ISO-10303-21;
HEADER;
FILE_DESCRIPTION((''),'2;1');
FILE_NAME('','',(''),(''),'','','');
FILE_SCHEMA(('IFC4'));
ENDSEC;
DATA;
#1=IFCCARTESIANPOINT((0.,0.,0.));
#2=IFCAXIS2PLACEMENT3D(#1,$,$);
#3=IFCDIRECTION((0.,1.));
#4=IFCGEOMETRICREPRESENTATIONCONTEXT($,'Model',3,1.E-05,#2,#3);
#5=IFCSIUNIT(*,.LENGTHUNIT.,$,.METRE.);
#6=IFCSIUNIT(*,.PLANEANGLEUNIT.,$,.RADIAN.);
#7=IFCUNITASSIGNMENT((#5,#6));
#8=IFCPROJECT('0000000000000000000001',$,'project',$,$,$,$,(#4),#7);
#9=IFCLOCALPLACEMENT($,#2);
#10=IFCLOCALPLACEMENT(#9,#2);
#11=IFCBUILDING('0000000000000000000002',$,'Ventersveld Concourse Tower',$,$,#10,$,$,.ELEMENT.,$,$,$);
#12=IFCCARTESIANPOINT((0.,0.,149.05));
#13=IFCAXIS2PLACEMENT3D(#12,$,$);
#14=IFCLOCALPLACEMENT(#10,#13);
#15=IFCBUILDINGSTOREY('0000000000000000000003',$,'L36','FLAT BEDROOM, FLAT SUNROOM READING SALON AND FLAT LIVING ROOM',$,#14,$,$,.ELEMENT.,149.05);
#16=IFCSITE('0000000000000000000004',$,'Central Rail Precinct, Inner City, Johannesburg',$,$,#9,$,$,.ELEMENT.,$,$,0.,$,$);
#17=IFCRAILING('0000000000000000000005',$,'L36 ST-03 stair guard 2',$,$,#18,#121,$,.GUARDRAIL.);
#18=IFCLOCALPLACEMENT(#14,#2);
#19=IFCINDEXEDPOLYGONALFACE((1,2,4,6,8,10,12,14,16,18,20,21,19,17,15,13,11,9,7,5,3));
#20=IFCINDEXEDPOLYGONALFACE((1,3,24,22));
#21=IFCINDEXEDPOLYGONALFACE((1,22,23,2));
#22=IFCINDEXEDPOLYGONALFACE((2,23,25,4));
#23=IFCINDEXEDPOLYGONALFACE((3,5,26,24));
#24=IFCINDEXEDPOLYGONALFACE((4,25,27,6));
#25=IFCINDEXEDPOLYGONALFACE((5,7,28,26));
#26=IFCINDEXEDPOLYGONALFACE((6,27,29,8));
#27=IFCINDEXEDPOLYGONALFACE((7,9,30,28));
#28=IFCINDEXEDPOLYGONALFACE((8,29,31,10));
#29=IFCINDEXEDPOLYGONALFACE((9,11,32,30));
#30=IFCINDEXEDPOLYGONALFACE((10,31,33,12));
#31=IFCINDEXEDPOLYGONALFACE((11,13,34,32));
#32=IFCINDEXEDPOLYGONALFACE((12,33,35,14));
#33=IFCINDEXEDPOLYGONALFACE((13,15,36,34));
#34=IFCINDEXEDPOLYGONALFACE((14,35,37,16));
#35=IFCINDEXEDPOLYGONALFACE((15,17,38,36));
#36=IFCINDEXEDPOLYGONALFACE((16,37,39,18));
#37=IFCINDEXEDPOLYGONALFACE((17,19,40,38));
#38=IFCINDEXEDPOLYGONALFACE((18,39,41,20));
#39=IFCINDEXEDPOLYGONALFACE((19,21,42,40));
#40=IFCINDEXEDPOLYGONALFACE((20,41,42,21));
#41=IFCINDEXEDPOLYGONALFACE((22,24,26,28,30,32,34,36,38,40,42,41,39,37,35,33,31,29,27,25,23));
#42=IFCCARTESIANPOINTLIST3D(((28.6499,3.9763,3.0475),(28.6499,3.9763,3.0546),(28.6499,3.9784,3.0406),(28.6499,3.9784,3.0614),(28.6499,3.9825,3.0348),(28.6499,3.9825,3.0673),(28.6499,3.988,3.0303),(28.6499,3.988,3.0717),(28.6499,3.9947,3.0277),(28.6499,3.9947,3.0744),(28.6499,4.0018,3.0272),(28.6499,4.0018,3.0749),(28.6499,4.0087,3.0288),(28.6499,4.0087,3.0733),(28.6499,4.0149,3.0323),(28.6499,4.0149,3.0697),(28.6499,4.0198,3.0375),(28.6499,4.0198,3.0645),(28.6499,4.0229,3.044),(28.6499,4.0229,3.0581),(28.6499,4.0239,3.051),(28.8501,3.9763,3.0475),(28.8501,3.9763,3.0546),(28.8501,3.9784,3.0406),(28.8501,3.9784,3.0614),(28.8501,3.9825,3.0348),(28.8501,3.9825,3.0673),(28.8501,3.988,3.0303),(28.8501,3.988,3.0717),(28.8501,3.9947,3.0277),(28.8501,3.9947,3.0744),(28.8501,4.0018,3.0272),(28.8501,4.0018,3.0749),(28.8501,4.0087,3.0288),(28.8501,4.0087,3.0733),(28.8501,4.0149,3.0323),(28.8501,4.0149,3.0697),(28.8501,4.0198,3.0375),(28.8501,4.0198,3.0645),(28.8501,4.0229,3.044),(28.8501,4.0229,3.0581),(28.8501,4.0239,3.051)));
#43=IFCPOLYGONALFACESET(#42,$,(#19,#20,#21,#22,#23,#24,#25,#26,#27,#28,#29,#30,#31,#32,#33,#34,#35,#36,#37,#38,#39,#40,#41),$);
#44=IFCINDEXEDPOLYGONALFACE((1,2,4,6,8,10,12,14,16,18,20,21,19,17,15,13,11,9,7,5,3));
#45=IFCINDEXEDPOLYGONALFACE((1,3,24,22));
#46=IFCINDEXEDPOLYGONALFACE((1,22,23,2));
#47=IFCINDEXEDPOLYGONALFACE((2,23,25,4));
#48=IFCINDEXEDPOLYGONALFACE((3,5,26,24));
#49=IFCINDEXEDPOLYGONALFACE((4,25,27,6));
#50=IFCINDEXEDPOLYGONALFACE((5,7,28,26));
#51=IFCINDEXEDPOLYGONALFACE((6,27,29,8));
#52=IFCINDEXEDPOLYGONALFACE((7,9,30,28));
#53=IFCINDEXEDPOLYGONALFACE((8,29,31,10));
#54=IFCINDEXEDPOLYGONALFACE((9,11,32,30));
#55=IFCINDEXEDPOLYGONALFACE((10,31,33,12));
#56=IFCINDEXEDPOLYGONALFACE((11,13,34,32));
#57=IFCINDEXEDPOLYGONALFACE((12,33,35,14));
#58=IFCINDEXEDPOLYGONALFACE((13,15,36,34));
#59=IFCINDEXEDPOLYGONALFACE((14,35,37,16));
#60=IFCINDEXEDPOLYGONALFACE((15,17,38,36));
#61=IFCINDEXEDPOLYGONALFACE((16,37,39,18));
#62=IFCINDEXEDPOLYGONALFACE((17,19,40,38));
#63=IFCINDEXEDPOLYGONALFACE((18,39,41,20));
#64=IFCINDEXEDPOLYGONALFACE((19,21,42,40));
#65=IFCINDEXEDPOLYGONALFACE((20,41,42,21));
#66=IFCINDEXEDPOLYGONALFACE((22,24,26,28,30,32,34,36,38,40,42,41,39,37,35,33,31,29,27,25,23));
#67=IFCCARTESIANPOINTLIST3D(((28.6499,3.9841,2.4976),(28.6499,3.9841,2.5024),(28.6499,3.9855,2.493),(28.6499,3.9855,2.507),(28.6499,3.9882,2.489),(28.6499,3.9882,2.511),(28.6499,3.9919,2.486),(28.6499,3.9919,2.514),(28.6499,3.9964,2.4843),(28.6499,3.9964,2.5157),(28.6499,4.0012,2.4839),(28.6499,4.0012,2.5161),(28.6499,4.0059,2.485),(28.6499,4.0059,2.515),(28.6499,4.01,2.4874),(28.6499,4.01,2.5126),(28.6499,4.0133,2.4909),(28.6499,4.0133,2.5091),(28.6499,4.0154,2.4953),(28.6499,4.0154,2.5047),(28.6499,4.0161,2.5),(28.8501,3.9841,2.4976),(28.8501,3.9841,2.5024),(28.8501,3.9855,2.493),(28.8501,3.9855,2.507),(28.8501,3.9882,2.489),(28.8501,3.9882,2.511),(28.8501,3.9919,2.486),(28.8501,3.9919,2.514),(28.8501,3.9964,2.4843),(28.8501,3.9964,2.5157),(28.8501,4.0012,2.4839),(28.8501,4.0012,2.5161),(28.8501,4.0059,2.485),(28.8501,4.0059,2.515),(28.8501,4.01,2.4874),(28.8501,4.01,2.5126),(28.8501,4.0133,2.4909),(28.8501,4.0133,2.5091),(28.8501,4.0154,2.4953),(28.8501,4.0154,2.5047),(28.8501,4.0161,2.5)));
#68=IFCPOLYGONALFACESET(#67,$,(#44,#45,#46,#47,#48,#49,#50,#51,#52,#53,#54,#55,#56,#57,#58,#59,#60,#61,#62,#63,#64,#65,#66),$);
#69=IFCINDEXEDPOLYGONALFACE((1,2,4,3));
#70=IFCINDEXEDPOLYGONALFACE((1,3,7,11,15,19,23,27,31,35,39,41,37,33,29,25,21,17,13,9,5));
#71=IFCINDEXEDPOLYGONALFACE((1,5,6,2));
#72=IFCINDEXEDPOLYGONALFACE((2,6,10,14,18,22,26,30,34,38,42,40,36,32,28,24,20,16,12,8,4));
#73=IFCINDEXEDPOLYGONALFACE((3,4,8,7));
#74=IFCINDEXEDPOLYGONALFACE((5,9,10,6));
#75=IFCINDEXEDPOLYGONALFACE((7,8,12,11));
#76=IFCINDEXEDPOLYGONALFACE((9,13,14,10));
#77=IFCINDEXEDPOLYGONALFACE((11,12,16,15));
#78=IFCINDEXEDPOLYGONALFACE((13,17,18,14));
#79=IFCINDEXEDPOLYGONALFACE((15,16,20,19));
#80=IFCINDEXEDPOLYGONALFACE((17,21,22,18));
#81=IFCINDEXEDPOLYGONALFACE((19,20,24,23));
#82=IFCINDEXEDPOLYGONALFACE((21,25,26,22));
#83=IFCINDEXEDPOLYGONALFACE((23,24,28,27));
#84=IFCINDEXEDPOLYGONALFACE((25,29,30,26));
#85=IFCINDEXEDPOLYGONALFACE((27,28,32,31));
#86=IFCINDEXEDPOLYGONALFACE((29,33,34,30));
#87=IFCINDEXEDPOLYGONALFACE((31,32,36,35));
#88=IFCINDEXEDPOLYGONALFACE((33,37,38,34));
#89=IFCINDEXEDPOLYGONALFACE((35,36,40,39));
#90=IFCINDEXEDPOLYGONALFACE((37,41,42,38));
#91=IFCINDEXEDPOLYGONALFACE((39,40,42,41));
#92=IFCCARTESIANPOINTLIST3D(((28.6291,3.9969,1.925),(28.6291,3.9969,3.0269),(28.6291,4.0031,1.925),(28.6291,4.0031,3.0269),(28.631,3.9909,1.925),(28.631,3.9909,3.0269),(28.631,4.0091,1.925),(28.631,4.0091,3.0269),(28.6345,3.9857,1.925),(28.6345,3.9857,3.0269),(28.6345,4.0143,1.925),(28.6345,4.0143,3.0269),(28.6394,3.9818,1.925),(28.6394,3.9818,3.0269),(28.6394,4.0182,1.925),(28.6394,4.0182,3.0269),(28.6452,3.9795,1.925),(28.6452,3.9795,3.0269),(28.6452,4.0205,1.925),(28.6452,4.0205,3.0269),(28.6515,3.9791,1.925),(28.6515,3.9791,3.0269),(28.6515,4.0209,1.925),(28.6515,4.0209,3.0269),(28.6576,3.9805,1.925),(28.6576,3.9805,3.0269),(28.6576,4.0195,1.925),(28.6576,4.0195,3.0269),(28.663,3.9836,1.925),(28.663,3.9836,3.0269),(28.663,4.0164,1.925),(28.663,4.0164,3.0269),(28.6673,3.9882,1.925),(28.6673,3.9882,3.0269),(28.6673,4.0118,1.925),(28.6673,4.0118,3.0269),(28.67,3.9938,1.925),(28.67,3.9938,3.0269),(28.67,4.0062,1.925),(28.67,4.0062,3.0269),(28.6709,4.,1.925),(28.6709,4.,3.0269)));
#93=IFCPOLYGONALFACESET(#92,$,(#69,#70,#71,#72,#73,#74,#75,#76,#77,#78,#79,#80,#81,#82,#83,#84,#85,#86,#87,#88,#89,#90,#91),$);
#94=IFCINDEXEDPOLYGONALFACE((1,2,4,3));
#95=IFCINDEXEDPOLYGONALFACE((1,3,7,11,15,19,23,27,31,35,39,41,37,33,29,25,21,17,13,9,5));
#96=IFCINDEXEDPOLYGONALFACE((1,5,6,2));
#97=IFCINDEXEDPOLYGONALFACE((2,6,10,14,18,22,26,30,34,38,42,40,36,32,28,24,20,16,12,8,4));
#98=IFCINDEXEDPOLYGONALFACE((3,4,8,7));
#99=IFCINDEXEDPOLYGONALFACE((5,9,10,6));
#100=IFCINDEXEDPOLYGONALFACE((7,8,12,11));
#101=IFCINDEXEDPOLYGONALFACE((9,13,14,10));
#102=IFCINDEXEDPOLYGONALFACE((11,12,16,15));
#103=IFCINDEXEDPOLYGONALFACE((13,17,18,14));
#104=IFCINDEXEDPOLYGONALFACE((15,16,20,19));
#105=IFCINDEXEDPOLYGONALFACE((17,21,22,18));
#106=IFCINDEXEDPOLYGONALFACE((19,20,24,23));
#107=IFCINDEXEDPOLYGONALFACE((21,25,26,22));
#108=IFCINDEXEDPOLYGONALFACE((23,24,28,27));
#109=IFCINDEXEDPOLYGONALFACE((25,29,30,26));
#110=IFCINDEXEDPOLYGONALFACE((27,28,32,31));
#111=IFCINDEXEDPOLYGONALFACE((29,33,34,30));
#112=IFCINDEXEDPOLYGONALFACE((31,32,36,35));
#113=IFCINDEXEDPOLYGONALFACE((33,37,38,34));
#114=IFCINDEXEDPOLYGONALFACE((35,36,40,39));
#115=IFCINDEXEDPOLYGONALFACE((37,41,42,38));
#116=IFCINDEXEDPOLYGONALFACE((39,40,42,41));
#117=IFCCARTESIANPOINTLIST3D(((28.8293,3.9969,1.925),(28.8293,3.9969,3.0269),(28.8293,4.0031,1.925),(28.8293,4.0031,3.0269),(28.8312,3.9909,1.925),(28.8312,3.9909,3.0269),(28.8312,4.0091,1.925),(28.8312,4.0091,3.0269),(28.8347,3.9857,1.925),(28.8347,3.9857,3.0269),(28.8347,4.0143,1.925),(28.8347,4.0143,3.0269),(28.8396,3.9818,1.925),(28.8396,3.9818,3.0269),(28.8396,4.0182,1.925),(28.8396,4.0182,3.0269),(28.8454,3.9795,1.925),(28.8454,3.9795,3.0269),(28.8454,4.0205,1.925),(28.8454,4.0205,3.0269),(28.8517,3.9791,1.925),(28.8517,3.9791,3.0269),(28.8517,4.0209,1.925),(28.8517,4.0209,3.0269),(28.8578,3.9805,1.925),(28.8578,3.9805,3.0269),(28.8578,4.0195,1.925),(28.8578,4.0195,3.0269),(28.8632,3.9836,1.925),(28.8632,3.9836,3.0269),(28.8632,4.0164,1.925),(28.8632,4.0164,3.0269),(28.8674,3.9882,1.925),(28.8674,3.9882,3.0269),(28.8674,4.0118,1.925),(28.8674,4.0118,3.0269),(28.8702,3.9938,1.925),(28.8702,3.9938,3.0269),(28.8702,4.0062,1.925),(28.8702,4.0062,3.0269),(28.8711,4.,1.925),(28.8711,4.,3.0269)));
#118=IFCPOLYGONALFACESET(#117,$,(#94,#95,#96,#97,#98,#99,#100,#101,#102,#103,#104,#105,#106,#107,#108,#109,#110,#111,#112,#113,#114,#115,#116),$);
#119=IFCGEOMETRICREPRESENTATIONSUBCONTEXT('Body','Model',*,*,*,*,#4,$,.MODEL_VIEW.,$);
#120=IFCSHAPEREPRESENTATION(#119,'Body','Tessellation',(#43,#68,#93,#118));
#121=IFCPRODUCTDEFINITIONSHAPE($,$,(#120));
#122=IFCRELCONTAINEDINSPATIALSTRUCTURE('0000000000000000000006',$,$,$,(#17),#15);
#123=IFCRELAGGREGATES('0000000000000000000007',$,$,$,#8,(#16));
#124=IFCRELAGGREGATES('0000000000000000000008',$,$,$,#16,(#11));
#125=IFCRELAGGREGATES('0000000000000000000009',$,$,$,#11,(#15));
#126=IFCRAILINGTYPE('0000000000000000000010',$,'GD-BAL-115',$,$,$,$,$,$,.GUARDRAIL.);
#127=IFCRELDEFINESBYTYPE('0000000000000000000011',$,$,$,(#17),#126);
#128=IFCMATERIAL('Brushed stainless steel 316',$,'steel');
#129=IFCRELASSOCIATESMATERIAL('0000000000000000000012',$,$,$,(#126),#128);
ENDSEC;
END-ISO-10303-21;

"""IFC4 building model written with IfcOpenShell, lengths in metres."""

from ifc_helpers import new_model, si_unit, direction, frame, origin, origin_2d, place, context, subcontext, project, spatial, circle, extrude, material, type_object, element, save


model = new_model("IFC4")

# Units and contexts
model_context = context("Model", 3, precision=1e-05, world=origin(), true_north=direction((0.0, 1.0)))
body_context = subcontext(model_context, "Body", "Model", "MODEL_VIEW")
ifc_project = project(units=[si_unit("LENGTHUNIT", "METRE"), si_unit("PLANEANGLEUNIT", "RADIAN")], contexts=[model_context])

# Site, building, storey
site_placement = place(None, origin())
site = spatial("IfcSite", under=ifc_project, at=site_placement, Name="Central Rail Precinct, Inner City, Johannesburg", CompositionType="ELEMENT", RefElevation=0.0)
building_placement = place(site_placement, origin())
building = spatial("IfcBuilding", under=site, at=building_placement, Name="Ventersveld Concourse Tower", CompositionType="ELEMENT")
storey_placement = place(building_placement, frame((0.0, 0.0, 149.05)))
storey = spatial("IfcBuildingStorey", under=building, at=storey_placement, Name="L36", Description="FLAT BEDROOM, FLAT SUNROOM READING SALON AND FLAT LIVING ROOM", CompositionType="ELEMENT", Elevation=149.05)

# Shared definitions
ifc_material_1 = material(Name="Brushed stainless steel 316", Category="steel")

# Railing
railing_type_1 = type_object("IfcRailingType", Name="GD-BAL-115", PredefinedType="GUARDRAIL", material=ifc_material_1)
railing_1_placement = place(storey_placement, frame((28.6499, 4.0, 1.925)))
element("IfcRailing", 1, at=railing_1_placement, inside=storey, type_object=railing_type_1, Name="L36 ST-03 stair guard 2", PredefinedType="GUARDRAIL", context=body_context, shape_type="SweptSolid", body=[
    extrude(circle(Radius=0.0239, at=origin_2d()), frame((0.0, 0.0, 1.126), z_axis=(1.0, 0.0, 0.0), x_axis=(0.0, 1.0, 0.0)), (0.0, 0.0, 1.0), 0.2002),
    extrude(circle(Radius=0.0161, at=origin_2d()), frame((0.0, 0.0, 0.575), z_axis=(1.0, 0.0, 0.0), x_axis=(0.0, 1.0, 0.0)), (0.0, 0.0, 1.0), 0.2002),
    extrude(circle(Radius=0.021, at=origin_2d()), origin(), (0.0, 0.0, 1.0), 1.1018),
    extrude(circle(Radius=0.021, at=origin_2d()), frame((0.2002, 0.0, 0.0)), (0.0, 0.0, 1.0), 1.1018),
])

save(model, "model.ifc")
